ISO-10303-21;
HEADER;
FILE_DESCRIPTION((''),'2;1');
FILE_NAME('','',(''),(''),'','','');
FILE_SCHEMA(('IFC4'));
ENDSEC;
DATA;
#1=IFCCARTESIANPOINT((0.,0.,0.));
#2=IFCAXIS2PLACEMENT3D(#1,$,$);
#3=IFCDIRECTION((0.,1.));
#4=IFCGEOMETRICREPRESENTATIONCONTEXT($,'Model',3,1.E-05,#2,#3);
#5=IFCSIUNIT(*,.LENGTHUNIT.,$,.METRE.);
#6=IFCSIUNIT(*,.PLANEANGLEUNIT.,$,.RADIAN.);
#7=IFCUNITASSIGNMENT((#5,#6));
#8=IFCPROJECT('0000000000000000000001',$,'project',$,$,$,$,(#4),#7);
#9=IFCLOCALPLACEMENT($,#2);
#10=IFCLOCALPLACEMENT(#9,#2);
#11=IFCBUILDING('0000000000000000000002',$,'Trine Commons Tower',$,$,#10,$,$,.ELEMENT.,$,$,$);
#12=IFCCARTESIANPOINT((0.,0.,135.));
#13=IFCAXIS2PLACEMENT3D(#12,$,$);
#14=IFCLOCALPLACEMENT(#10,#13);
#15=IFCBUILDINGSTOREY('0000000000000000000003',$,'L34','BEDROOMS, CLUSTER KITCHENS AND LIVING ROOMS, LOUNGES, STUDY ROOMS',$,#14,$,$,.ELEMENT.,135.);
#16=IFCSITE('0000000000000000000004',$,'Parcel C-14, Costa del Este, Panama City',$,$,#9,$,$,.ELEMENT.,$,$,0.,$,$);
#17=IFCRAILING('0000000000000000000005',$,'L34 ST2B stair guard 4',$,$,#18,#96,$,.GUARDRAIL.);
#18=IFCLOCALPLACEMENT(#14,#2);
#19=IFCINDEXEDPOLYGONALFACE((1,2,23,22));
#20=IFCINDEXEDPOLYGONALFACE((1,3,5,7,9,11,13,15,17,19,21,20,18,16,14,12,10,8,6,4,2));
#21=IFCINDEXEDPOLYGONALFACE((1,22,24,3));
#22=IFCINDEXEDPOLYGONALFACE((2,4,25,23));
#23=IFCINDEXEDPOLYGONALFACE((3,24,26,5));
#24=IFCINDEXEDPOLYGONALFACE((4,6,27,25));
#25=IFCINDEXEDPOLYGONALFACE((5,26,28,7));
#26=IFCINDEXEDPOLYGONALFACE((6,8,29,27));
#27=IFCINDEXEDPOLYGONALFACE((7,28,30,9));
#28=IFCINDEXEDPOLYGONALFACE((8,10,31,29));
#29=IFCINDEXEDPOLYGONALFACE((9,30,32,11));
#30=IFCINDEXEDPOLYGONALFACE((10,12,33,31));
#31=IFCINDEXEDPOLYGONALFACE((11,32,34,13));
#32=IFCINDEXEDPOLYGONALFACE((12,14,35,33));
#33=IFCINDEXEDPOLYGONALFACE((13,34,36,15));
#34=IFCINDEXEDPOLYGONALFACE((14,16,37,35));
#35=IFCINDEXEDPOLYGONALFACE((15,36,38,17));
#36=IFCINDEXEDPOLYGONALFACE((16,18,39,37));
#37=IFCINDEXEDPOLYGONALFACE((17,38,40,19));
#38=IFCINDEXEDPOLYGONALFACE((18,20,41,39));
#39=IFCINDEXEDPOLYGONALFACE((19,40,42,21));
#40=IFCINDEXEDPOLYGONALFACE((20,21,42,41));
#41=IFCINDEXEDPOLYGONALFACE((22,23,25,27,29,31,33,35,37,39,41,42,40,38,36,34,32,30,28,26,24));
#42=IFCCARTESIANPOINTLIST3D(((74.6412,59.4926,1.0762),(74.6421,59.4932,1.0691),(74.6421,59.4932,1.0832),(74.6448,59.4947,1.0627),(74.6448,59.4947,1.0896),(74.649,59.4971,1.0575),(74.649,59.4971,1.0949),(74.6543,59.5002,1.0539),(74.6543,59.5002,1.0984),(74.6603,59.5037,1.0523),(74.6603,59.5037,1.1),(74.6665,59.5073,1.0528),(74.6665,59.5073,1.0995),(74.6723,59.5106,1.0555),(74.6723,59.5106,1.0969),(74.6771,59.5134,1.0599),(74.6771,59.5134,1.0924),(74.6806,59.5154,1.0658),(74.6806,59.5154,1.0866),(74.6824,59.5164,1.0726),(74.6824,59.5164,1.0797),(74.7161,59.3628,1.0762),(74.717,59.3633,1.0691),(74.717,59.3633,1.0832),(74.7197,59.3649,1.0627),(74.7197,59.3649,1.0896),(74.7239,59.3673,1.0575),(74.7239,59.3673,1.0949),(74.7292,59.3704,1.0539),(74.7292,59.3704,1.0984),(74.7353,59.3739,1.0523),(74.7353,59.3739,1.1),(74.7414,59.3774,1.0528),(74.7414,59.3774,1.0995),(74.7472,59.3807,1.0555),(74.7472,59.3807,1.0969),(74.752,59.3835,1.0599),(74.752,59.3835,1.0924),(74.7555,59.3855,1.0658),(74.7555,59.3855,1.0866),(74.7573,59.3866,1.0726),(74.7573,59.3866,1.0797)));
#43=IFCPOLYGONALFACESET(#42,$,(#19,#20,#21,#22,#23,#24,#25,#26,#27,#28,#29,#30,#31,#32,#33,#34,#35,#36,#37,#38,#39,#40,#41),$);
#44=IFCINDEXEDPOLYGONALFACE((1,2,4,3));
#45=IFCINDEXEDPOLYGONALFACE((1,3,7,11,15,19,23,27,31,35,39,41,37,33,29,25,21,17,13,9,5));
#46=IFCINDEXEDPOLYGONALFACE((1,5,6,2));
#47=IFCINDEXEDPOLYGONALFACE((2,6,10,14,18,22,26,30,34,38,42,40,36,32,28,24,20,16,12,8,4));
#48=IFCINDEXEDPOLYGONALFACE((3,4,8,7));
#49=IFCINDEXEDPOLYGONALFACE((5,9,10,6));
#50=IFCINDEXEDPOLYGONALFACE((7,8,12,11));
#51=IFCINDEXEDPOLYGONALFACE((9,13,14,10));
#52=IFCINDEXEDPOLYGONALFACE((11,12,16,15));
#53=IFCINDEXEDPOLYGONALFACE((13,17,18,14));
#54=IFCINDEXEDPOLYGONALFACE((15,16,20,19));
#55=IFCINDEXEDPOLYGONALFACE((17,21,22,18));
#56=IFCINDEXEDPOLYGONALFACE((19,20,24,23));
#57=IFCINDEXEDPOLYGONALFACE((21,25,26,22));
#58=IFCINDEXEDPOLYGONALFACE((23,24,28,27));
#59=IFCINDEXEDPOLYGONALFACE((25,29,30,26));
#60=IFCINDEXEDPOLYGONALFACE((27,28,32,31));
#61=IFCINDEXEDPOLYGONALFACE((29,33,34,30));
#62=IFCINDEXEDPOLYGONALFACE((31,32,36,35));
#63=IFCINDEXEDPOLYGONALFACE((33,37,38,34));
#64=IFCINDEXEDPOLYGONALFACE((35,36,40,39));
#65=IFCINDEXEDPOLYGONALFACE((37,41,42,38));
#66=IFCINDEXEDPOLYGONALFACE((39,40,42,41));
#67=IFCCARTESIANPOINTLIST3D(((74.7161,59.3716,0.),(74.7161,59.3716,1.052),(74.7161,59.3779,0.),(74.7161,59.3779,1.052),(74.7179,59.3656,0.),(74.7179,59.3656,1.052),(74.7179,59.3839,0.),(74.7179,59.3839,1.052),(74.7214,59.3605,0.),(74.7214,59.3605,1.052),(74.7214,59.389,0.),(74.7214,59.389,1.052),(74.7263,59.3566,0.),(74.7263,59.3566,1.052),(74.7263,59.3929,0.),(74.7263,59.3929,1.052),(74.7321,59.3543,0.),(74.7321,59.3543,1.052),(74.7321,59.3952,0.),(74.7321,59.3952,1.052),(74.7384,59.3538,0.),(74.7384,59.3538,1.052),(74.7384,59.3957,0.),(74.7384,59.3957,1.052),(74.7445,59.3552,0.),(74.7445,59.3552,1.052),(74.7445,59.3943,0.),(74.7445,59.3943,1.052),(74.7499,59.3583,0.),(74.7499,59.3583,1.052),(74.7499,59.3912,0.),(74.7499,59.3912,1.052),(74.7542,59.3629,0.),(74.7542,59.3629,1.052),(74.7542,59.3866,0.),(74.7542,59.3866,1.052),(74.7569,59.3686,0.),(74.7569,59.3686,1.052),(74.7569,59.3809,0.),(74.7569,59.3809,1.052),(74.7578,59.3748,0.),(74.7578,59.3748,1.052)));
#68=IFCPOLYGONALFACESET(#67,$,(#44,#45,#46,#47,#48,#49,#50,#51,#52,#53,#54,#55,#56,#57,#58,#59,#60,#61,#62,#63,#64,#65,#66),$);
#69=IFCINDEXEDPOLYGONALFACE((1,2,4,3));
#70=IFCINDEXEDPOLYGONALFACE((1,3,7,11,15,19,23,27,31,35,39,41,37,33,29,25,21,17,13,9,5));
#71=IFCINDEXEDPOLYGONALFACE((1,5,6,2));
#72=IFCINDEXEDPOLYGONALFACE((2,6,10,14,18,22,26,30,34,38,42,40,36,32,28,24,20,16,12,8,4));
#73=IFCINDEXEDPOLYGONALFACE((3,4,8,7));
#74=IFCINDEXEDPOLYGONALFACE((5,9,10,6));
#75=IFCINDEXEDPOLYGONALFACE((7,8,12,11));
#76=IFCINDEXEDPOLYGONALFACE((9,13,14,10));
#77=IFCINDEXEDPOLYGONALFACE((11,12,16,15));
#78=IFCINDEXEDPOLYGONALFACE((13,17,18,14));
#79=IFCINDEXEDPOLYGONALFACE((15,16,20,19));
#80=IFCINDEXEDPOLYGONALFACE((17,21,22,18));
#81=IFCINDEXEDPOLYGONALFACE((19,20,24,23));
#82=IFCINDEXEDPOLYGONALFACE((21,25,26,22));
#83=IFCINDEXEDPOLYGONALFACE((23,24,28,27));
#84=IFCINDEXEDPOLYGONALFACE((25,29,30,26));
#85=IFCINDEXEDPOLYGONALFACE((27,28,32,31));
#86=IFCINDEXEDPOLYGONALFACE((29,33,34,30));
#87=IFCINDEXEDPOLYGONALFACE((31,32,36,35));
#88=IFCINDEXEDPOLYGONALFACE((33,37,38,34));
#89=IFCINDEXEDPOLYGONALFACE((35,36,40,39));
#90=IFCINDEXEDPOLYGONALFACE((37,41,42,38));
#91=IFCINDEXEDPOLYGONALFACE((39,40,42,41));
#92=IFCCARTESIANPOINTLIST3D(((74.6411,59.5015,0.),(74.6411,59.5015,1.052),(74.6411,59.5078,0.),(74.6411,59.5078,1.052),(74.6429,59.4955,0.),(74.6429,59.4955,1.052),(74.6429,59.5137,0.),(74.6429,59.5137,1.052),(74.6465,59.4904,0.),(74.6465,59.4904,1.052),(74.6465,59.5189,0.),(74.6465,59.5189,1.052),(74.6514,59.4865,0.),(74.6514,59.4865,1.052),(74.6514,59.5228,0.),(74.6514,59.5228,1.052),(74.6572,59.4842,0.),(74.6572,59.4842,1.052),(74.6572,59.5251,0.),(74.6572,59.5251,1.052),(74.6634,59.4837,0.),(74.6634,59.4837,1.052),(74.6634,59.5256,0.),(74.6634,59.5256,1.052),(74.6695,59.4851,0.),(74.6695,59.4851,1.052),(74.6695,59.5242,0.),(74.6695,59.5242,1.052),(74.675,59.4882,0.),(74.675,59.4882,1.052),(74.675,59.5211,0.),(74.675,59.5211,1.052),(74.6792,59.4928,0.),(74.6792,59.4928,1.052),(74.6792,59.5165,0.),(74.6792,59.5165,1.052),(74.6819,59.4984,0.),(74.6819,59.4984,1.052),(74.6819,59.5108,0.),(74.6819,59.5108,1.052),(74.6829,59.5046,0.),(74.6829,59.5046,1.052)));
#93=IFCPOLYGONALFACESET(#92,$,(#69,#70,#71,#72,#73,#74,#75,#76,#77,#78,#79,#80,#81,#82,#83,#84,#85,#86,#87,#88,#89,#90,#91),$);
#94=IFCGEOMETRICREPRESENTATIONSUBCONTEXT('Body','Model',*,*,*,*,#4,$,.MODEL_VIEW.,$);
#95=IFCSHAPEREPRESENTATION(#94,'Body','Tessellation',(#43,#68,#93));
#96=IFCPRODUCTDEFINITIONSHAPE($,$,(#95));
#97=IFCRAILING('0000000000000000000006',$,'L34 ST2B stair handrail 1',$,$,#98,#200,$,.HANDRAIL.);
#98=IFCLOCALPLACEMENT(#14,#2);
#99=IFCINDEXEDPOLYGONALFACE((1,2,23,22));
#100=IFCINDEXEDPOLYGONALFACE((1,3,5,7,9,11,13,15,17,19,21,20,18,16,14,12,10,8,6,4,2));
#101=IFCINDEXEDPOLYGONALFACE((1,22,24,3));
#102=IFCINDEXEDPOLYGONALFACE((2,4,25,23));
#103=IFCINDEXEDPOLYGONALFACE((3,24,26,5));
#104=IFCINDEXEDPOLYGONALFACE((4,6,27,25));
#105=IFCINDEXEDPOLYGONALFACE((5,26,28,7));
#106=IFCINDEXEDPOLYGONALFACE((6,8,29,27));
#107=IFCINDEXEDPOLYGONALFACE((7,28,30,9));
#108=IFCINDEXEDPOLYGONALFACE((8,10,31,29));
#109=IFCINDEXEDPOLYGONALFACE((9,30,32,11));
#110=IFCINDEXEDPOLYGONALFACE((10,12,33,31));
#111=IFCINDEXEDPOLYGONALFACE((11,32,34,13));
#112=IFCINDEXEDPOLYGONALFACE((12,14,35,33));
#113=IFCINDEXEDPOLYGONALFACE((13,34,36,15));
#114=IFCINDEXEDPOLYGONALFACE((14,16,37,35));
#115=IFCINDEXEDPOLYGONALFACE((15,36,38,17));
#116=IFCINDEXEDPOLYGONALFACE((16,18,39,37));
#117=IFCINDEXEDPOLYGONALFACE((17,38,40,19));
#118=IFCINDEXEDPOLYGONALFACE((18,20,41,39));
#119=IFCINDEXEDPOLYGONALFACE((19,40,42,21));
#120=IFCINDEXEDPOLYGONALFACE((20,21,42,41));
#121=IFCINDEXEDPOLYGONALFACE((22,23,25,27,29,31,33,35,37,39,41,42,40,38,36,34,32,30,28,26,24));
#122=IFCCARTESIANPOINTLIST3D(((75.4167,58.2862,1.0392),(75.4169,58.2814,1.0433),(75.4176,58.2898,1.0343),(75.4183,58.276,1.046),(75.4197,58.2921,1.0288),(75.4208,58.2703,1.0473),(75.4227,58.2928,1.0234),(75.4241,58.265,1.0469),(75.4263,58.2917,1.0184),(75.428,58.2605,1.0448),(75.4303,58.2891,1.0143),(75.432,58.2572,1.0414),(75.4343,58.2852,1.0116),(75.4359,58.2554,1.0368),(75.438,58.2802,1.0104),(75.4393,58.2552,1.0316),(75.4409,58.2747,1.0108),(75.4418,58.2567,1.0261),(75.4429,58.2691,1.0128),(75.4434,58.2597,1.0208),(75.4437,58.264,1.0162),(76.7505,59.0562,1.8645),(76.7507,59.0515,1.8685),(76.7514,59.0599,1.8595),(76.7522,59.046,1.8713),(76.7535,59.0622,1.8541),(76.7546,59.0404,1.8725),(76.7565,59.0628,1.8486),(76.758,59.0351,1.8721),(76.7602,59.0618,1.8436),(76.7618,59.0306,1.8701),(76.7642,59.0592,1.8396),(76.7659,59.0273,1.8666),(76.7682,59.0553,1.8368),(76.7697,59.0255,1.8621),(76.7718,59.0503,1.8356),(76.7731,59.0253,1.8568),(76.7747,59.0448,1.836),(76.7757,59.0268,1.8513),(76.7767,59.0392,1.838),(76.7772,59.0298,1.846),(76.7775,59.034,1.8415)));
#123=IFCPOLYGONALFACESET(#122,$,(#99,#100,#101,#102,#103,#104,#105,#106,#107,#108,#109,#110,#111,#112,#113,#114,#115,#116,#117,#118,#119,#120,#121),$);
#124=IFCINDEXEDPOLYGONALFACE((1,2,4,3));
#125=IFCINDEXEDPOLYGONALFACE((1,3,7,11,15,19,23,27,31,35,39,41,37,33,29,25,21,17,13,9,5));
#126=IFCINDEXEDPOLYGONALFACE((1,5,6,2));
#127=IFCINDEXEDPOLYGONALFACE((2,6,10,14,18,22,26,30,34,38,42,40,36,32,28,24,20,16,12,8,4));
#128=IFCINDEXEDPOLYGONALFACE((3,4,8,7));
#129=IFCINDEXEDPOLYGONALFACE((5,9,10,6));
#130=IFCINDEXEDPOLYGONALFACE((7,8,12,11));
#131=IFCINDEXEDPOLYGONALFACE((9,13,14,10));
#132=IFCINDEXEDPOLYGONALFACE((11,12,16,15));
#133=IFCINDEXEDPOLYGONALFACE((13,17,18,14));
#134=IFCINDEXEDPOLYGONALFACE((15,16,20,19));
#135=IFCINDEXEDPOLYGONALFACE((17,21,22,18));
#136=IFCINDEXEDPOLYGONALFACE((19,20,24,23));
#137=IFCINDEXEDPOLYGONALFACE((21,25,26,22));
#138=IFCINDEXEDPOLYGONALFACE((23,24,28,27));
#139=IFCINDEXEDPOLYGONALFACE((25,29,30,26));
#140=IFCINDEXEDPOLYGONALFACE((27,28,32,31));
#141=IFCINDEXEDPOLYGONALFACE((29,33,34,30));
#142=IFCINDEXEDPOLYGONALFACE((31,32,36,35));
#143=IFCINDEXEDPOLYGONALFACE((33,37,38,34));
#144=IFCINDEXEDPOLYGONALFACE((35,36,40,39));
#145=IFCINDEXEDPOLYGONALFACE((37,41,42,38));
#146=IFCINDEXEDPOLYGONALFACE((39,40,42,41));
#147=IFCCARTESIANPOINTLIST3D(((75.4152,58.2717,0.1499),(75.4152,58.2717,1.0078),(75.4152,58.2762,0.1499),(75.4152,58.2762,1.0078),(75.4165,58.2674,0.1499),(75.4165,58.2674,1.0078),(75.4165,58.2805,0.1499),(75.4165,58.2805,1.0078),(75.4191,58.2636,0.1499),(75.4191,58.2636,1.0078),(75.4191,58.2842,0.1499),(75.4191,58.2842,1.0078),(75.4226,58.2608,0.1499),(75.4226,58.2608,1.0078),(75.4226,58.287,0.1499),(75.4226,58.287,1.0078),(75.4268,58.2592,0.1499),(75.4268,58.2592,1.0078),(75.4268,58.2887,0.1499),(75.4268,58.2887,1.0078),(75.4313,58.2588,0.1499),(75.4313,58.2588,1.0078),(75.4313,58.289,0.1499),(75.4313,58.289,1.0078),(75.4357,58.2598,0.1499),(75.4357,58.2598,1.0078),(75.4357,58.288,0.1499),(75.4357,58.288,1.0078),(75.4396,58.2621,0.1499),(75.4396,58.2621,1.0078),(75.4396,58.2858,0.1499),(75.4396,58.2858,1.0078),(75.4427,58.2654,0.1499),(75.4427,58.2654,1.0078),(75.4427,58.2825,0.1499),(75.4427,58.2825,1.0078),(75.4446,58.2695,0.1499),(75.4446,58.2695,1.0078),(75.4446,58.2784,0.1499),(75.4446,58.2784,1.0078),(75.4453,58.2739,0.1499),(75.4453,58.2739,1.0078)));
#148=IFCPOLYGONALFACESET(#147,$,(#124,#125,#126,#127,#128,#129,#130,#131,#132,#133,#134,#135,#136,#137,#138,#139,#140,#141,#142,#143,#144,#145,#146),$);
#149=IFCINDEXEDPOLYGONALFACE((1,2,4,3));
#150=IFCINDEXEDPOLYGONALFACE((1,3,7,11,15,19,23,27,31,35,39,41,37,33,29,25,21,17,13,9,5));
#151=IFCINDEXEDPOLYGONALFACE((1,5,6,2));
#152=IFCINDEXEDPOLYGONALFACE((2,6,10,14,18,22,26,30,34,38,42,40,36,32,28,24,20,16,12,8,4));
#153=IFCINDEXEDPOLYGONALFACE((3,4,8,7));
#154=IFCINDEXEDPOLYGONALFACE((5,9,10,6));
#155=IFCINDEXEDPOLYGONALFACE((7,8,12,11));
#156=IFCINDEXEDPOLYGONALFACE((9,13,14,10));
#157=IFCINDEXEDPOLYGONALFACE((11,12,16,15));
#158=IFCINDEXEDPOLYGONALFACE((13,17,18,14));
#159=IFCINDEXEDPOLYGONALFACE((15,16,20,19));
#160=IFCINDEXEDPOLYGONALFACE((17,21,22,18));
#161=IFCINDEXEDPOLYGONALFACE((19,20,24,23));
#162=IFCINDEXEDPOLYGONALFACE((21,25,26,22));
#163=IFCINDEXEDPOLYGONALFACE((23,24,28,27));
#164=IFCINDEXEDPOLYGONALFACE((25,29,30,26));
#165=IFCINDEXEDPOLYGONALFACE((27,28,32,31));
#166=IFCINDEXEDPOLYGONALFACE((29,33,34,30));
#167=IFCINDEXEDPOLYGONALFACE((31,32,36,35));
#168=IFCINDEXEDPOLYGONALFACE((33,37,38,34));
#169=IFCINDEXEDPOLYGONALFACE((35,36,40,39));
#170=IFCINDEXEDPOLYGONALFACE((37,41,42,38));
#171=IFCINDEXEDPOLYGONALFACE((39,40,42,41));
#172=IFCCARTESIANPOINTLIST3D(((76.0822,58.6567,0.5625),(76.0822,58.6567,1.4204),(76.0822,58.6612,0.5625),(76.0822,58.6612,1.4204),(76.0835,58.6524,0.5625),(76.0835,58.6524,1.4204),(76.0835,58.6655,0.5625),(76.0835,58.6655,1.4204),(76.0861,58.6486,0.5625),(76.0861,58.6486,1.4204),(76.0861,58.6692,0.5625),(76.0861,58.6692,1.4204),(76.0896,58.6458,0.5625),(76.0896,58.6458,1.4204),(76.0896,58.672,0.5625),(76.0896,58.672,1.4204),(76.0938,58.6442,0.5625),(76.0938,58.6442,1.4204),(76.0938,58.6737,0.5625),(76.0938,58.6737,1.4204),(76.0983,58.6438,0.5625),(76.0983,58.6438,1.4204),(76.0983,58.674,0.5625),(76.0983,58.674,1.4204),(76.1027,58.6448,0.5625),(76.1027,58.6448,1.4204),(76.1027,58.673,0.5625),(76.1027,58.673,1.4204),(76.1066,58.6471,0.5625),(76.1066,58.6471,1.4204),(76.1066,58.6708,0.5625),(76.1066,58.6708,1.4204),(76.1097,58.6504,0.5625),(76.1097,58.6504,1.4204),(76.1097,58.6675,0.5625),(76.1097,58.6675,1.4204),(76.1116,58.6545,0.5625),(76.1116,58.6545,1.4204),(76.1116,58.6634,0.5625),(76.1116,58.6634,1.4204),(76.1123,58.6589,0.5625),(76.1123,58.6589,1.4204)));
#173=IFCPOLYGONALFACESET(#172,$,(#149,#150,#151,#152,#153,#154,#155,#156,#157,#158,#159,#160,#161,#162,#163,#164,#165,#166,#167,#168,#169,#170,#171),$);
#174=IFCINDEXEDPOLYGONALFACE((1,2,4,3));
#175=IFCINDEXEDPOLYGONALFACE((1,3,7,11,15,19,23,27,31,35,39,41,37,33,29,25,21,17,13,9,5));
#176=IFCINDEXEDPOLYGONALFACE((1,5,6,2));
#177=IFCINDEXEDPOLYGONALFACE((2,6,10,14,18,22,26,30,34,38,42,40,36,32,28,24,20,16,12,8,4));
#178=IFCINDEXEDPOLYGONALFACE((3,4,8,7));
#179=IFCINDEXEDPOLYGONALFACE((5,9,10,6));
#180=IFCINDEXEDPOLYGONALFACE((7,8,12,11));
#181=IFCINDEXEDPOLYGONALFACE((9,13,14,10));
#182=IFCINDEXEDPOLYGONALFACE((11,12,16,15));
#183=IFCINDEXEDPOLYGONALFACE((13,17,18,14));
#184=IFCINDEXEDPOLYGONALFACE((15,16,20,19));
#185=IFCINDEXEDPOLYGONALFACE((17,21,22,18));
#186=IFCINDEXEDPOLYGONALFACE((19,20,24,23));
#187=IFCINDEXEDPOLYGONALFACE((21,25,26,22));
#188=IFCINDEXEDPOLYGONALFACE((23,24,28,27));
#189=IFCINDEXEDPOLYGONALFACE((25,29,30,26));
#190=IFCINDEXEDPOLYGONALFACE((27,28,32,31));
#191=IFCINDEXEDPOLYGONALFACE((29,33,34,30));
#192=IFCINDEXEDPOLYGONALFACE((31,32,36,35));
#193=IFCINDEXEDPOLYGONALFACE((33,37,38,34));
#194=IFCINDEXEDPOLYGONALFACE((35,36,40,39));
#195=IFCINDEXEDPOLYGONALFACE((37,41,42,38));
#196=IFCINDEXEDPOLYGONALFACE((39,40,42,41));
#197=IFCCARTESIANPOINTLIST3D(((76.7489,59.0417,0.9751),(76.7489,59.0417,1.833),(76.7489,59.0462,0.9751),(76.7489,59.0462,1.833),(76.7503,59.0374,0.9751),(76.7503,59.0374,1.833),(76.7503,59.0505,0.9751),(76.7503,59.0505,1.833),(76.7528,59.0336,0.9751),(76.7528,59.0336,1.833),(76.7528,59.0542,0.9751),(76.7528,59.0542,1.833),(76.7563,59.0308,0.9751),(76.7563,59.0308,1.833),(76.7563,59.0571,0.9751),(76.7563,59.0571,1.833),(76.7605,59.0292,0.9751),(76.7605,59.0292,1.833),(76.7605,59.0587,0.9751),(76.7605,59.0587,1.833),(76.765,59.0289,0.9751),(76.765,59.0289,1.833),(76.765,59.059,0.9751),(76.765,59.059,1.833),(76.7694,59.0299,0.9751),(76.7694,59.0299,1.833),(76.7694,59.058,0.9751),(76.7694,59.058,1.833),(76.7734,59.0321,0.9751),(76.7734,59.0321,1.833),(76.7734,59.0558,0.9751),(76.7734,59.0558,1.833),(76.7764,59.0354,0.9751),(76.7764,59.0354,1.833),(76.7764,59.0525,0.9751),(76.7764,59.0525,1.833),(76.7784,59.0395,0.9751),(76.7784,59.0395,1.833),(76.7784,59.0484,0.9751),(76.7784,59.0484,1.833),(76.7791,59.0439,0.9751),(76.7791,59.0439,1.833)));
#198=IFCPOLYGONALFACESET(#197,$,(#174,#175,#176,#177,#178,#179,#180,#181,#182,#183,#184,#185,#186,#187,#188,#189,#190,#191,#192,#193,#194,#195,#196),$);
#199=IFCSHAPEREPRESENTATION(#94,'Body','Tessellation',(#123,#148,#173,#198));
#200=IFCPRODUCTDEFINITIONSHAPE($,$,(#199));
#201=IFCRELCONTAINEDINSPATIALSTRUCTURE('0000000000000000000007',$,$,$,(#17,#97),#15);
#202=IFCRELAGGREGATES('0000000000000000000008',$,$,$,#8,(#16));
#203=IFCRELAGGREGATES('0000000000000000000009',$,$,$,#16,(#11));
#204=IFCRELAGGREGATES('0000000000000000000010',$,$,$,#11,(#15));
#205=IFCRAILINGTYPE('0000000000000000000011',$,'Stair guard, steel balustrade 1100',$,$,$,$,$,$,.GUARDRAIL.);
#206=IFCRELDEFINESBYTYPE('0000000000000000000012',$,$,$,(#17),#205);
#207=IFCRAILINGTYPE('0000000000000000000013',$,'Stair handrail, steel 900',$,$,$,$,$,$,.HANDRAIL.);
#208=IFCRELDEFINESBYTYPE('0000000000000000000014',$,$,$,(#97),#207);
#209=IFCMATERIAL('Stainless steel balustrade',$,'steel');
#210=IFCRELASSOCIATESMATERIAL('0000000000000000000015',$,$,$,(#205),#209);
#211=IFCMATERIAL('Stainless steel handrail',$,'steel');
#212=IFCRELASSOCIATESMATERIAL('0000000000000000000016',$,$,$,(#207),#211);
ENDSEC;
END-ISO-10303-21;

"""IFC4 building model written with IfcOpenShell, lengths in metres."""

from ifc_helpers import new_model, si_unit, direction, frame, origin, origin_2d, place, context, subcontext, project, spatial, circle, extrude, material, type_object, element, save


model = new_model("IFC4")

# Units and contexts
model_context = context("Model", 3, precision=1e-05, world=origin(), true_north=direction((0.0, 1.0)))
body_context = subcontext(model_context, "Body", "Model", "MODEL_VIEW")
ifc_project = project(units=[si_unit("LENGTHUNIT", "METRE"), si_unit("PLANEANGLEUNIT", "RADIAN")], contexts=[model_context])

# Site, building, storey
site_placement = place(None, origin())
site = spatial("IfcSite", under=ifc_project, at=site_placement, Name="Parcel C-14, Costa del Este, Panama City", CompositionType="ELEMENT", RefElevation=0.0)
building_placement = place(site_placement, origin())
building = spatial("IfcBuilding", under=site, at=building_placement, Name="Trine Commons Tower", CompositionType="ELEMENT")
storey_placement = place(building_placement, frame((0.0, 0.0, 135.0)))
storey = spatial("IfcBuildingStorey", under=building, at=storey_placement, Name="L34", Description="BEDROOMS, CLUSTER KITCHENS AND LIVING ROOMS, LOUNGES, STUDY ROOMS", CompositionType="ELEMENT", Elevation=135.0)

# Railings
ifc_material_1 = material(Name="Stainless steel balustrade", Category="steel")
railing_type_1 = type_object("IfcRailingType", Name="Stair guard, steel balustrade 1100", PredefinedType="GUARDRAIL", material=ifc_material_1)
railing_1_placement = place(storey_placement, frame((74.7368, 59.3748, 0.0)))
element("IfcRailing", 1, at=railing_1_placement, inside=storey, type_object=railing_type_1, Name="L34 ST2B stair guard 4", PredefinedType="GUARDRAIL", context=body_context, shape_type="SweptSolid", body=[
    extrude(circle(Radius=0.0239, at=origin_2d()), frame((0.0, 0.0, 1.0762), z_axis=(-0.499816, 0.866131, 0.0), x_axis=(-0.866131, -0.499816, 0.0)), (0.0, 0.0, 1.0), 0.1499),
    extrude(circle(Radius=0.021, at=origin_2d()), origin(), (0.0, 0.0, 1.0), 1.052),
    extrude(circle(Radius=0.021, at=origin_2d()), frame((-0.075, 0.1299, 0.0)), (0.0, 0.0, 1.0), 1.052),
])
ifc_material_2 = material(Name="Stainless steel handrail", Category="steel")
railing_type_2 = type_object("IfcRailingType", Name="Stair handrail, steel 900", PredefinedType="HANDRAIL", material=ifc_material_2)
railing_2_placement = place(storey_placement, frame((75.4302, 58.2739, 0.1499)))
element("IfcRailing", 2, at=railing_2_placement, inside=storey, type_object=railing_type_2, Name="L34 ST2B stair handrail 1", PredefinedType="HANDRAIL", context=body_context, shape_type="SweptSolid", body=[
    extrude(circle(Radius=0.021, at=origin_2d()), frame((0.0, 0.0, 0.8789), z_axis=(0.763355, 0.440714, 0.472293), x_axis=(-0.499992, 0.86603, 0.0)), (0.0, 0.0, 1.0), 1.7473),
    extrude(circle(Radius=0.0151, at=origin_2d()), origin(), (0.0, 0.0, 1.0), 0.8579),
    extrude(circle(Radius=0.0151, at=origin_2d()), frame((0.667, 0.385, 0.4126)), (0.0, 0.0, 1.0), 0.8579),
    extrude(circle(Radius=0.0151, at=origin_2d()), frame((1.3337, 0.77, 0.8252)), (0.0, 0.0, 1.0), 0.8579),
])

save(model, "model.ifc")
